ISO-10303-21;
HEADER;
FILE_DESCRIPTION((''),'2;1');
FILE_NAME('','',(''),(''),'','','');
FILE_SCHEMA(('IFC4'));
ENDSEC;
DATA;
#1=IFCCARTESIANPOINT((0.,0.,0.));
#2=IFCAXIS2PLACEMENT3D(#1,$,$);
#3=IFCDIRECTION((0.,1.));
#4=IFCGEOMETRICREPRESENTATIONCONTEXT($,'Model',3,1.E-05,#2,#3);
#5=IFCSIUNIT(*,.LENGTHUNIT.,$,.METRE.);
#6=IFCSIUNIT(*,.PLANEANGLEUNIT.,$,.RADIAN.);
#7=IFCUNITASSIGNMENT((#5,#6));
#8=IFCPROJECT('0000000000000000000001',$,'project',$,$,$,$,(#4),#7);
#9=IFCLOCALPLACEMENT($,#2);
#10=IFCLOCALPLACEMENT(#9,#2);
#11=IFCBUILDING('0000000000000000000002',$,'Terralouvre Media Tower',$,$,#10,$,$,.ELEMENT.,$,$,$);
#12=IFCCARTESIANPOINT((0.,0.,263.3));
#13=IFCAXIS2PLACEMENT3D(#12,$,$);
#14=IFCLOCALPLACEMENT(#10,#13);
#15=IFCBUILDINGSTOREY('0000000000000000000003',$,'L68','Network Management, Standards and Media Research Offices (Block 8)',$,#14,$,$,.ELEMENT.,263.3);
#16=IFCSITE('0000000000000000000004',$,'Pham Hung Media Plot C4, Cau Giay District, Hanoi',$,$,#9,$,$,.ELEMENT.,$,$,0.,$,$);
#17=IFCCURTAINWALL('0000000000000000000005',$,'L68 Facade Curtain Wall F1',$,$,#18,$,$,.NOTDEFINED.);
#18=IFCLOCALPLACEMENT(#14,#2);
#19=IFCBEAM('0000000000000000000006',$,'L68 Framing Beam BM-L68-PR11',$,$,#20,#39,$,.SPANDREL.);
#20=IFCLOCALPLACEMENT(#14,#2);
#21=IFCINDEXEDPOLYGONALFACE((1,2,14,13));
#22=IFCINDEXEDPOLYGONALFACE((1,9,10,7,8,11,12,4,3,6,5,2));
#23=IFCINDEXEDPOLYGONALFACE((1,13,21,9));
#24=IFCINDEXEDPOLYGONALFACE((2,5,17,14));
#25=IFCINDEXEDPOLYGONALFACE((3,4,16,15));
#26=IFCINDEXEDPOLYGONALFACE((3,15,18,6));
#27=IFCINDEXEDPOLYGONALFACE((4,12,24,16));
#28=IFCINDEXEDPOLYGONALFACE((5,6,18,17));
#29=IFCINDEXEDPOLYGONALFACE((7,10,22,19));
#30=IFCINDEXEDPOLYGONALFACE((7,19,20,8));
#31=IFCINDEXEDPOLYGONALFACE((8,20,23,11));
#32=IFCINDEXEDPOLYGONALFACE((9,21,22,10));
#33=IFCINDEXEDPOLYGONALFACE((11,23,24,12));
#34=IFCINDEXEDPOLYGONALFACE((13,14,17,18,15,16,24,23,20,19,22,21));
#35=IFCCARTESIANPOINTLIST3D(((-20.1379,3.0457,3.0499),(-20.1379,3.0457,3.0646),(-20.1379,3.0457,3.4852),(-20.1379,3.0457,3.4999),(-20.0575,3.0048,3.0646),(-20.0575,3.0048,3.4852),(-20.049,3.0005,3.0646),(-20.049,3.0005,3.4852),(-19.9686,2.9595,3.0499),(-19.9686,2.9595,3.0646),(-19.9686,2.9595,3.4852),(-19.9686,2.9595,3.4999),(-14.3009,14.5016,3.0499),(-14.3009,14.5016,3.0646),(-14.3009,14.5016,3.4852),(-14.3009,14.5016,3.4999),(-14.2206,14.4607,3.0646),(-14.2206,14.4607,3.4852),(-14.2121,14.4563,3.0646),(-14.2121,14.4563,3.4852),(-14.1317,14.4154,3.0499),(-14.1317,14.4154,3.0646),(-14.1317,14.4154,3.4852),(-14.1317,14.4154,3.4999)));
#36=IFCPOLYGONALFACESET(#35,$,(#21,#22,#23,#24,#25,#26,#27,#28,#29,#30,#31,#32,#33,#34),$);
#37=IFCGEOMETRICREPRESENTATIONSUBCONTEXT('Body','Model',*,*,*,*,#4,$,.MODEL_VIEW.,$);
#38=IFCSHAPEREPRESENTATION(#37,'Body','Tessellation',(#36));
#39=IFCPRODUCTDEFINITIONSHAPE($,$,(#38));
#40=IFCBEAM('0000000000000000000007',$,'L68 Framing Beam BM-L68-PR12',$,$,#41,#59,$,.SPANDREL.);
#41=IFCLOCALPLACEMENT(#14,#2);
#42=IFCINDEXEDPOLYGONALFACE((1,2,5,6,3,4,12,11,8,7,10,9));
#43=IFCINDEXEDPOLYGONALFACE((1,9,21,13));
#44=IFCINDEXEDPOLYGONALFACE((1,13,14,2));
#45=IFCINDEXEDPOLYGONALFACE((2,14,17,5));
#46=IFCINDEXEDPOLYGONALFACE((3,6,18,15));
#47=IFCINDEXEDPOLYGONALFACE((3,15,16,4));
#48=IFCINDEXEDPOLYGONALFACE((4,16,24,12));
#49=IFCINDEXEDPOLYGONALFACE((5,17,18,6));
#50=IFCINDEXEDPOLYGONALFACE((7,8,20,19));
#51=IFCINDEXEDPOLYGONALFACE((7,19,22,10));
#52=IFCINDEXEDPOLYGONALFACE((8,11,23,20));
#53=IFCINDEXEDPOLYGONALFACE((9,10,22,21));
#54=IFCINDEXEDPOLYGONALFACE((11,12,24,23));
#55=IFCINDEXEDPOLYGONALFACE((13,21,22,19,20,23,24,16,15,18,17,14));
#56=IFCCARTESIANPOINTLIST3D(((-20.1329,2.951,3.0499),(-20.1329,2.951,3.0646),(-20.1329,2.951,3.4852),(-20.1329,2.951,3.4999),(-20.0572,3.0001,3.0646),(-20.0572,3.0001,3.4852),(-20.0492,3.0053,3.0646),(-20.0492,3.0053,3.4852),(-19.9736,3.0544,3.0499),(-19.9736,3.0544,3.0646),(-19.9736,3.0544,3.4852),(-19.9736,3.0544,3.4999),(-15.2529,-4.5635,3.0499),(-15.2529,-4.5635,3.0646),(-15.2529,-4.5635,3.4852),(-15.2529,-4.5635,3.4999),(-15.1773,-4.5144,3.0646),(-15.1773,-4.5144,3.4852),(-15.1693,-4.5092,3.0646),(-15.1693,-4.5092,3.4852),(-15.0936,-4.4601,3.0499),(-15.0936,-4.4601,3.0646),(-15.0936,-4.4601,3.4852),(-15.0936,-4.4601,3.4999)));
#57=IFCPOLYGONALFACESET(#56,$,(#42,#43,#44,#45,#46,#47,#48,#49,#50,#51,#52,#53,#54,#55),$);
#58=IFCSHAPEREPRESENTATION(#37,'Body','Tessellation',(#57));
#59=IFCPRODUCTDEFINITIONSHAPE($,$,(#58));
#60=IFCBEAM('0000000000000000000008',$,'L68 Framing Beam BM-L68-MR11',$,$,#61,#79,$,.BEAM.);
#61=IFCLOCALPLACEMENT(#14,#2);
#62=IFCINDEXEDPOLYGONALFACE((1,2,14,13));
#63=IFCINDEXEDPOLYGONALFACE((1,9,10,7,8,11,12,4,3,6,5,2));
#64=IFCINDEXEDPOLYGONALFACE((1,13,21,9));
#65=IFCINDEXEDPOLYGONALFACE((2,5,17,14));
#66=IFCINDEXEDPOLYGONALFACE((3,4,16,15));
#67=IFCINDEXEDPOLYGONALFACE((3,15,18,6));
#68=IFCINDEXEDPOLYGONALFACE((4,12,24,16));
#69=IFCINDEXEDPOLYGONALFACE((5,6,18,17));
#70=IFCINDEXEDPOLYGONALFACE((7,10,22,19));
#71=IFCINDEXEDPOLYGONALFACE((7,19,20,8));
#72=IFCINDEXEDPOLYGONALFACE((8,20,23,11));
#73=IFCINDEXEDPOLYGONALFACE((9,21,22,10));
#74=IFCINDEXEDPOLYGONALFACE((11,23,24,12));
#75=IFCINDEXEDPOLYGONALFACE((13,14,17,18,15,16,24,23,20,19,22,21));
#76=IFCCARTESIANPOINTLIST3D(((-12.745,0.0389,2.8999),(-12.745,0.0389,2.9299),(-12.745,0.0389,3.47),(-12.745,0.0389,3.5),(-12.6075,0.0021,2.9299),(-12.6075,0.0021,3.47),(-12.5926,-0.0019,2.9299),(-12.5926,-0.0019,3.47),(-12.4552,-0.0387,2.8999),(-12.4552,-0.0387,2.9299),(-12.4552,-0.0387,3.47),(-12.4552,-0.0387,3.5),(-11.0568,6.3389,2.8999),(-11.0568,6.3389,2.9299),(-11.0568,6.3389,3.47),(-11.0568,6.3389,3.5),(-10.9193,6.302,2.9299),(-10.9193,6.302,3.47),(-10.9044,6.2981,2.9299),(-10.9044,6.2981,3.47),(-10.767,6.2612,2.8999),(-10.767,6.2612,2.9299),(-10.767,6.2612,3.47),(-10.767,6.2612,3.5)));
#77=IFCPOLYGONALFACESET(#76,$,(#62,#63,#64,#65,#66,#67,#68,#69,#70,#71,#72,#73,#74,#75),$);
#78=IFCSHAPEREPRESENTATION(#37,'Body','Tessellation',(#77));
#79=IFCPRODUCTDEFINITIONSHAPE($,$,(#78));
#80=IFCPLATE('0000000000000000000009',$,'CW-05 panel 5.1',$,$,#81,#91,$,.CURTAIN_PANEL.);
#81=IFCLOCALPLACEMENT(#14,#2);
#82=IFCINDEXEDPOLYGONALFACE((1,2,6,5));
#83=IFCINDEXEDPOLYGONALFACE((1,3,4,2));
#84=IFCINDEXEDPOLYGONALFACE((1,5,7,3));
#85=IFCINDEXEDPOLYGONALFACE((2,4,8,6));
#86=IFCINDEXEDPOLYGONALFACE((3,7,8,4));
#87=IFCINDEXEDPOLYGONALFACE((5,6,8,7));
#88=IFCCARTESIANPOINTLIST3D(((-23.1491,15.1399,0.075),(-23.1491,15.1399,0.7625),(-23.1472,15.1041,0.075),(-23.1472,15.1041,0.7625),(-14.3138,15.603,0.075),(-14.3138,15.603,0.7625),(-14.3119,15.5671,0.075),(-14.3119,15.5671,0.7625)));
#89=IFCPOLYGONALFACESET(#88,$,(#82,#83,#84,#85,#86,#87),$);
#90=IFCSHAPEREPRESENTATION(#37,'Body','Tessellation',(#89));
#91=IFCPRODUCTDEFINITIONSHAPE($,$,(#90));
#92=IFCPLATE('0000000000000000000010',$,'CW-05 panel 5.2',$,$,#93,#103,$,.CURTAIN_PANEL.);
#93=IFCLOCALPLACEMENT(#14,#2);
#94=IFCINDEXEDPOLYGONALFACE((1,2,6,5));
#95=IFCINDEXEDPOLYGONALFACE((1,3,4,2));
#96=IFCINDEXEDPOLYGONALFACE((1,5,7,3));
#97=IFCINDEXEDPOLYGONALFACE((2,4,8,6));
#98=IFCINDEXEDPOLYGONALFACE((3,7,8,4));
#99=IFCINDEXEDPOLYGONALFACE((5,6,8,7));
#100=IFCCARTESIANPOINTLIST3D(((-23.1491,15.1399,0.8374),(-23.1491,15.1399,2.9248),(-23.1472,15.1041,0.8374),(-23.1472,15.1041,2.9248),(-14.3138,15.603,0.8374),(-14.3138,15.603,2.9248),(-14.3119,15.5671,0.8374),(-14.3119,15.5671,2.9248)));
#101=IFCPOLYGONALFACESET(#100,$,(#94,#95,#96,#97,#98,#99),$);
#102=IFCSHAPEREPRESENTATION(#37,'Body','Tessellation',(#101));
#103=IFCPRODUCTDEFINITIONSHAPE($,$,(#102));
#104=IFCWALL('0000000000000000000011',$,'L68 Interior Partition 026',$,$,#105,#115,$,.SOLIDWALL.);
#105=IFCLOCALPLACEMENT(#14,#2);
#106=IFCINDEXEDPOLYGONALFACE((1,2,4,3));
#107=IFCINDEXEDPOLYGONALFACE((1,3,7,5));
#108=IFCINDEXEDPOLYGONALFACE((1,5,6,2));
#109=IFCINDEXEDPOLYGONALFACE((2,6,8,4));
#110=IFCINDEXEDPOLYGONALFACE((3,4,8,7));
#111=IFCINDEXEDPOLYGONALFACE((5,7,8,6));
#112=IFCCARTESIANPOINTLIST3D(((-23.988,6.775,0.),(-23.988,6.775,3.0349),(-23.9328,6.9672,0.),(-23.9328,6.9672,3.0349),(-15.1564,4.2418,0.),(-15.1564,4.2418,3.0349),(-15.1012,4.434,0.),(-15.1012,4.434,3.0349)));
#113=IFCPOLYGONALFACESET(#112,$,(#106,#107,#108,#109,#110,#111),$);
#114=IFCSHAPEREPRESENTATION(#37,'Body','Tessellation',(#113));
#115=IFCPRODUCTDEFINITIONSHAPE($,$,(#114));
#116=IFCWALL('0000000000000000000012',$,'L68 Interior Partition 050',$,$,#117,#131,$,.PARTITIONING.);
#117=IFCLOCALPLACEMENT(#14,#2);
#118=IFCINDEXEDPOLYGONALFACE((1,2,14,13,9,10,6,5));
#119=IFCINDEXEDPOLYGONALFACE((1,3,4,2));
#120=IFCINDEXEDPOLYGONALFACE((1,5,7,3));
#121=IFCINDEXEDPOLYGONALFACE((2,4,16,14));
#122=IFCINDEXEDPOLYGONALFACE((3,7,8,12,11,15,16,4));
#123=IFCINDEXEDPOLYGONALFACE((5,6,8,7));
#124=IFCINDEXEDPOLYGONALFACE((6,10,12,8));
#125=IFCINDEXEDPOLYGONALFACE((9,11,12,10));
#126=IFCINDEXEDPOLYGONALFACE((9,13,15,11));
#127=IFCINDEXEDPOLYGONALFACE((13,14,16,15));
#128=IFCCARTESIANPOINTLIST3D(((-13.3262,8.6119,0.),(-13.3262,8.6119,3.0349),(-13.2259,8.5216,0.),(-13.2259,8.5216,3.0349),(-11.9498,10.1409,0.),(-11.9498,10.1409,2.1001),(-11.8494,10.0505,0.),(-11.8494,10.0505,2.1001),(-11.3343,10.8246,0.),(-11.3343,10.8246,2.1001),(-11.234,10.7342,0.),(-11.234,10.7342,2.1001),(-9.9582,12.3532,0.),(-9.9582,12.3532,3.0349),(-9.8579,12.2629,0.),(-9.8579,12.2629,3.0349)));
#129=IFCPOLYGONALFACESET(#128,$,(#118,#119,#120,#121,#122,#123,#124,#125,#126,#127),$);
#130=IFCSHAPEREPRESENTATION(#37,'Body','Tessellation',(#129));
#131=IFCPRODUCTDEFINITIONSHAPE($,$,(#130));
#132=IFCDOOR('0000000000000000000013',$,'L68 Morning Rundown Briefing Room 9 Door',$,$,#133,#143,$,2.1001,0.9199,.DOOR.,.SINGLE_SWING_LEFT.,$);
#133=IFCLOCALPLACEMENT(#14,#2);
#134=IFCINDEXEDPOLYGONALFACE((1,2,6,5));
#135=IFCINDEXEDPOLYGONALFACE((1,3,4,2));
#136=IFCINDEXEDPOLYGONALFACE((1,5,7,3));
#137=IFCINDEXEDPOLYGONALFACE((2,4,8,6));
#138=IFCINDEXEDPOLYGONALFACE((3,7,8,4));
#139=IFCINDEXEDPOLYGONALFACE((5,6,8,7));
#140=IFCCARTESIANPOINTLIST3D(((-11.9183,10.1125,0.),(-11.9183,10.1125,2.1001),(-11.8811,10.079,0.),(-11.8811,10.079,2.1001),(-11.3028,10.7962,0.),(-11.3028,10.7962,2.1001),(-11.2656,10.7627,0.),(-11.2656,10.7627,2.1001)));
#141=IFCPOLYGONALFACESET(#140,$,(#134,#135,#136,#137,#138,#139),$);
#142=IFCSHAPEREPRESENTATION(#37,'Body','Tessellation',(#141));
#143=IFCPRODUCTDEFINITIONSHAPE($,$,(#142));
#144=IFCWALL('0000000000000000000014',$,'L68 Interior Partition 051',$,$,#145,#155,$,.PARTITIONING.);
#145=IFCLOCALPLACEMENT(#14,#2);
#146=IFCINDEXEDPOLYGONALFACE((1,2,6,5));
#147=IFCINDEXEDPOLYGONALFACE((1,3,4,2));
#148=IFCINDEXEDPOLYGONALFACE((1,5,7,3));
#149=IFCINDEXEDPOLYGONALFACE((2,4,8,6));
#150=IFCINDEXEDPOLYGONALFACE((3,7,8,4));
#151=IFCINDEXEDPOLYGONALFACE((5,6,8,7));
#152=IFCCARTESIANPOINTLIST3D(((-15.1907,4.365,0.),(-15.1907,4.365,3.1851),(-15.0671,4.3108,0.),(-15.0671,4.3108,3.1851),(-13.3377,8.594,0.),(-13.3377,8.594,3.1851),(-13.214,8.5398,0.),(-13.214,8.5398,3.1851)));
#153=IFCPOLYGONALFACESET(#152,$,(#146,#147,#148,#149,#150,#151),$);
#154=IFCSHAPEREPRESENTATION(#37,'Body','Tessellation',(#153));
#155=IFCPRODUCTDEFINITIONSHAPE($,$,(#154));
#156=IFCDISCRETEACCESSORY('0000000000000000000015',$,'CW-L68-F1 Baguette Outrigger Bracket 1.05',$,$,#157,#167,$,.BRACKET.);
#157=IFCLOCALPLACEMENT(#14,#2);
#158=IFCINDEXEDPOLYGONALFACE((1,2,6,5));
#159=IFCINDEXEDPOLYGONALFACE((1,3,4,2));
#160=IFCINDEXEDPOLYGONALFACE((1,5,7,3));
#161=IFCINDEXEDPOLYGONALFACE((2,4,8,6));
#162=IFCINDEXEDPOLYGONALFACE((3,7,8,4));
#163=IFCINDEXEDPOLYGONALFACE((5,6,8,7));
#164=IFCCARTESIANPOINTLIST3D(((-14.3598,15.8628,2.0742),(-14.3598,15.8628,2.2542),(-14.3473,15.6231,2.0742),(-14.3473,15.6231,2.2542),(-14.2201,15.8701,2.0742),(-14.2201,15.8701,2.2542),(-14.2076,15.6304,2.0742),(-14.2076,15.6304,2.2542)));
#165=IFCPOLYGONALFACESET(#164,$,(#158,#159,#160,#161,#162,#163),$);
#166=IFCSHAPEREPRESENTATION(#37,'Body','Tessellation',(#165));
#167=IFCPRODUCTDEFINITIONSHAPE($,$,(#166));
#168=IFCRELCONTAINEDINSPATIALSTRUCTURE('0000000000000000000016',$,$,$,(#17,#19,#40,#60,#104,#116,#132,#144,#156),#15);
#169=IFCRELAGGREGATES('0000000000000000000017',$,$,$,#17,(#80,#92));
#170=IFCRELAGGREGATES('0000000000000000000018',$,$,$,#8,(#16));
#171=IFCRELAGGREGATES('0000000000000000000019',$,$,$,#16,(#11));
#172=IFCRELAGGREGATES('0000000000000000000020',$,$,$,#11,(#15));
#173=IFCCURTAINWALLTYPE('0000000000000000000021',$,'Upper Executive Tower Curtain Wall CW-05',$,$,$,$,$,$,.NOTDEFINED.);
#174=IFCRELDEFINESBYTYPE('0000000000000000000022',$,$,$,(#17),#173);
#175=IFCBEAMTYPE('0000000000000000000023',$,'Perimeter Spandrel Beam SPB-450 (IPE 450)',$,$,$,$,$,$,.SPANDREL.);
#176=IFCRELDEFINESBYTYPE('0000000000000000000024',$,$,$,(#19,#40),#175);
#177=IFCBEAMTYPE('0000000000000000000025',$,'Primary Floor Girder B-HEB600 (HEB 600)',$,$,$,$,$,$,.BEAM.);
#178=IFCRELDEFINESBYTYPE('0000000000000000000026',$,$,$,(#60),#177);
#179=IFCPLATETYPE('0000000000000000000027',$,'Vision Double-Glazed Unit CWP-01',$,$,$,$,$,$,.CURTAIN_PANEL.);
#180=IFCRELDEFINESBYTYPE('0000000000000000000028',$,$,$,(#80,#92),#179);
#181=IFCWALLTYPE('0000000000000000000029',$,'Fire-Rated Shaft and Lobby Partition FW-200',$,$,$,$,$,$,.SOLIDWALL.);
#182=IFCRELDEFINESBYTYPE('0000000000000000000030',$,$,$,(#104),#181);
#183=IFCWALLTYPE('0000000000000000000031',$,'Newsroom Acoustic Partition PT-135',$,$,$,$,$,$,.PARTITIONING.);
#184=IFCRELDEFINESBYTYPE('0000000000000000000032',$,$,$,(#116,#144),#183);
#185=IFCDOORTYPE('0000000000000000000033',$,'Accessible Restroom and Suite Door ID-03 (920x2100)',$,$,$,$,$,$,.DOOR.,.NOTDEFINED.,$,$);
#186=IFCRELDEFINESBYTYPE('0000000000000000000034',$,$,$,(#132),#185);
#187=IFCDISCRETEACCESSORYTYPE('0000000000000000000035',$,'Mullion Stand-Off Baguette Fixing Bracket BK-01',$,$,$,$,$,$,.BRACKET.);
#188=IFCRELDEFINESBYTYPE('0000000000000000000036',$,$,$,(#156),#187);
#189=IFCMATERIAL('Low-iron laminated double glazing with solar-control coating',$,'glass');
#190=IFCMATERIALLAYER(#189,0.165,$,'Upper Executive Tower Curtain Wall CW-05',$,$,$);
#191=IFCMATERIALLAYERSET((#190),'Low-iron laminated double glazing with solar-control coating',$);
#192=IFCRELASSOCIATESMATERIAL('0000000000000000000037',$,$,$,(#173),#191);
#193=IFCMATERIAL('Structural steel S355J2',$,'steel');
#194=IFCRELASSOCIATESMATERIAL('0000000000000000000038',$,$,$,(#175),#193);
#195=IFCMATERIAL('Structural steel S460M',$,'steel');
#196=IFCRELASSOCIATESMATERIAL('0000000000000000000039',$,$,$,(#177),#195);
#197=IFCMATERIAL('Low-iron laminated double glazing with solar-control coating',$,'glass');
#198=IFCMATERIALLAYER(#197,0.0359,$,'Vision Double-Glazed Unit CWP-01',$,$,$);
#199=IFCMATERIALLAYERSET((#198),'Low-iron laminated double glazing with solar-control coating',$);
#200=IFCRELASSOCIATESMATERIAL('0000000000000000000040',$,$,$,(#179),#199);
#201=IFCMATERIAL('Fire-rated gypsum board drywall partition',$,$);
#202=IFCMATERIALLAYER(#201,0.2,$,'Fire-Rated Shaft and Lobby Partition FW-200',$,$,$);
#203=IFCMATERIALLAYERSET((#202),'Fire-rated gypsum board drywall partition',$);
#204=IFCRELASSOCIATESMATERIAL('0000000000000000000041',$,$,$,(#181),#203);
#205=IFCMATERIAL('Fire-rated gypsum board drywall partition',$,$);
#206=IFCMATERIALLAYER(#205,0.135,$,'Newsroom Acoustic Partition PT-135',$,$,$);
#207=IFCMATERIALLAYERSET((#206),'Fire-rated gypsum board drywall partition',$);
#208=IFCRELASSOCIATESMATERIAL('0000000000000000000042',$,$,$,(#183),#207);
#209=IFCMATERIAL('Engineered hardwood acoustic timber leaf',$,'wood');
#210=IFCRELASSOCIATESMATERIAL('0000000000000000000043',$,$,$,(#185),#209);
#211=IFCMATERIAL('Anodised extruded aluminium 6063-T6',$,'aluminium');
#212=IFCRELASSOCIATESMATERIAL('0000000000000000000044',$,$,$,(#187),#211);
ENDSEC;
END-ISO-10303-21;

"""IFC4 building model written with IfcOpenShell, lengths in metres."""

from ifc_helpers import new_model, si_unit, direction, frame, frame_2d, origin, origin_2d, place, context, subcontext, project, spatial, rectangle, i_section, extrude, material, layer, layer_set, material_profile, profile_set, type_object, element, fill, aggregate, save


model = new_model("IFC4")

# Units and contexts
model_context = context("Model", 3, precision=1e-05, world=origin(), true_north=direction((0.0, 1.0)))
body_context = subcontext(model_context, "Body", "Model", "MODEL_VIEW")
ifc_project = project(units=[si_unit("LENGTHUNIT", "METRE"), si_unit("PLANEANGLEUNIT", "RADIAN")], contexts=[model_context])

# Site, building, storey
site_placement = place(None, origin())
site = spatial("IfcSite", under=ifc_project, at=site_placement, Name="Pham Hung Media Plot C4, Cau Giay District, Hanoi", CompositionType="ELEMENT", RefElevation=0.0)
building_placement = place(site_placement, origin())
building = spatial("IfcBuilding", under=site, at=building_placement, Name="Terralouvre Media Tower", CompositionType="ELEMENT")
storey_placement = place(building_placement, frame((0.0, 0.0, 263.3)))
storey = spatial("IfcBuildingStorey", under=building, at=storey_placement, Name="L68", Description="Network Management, Standards and Media Research Offices (Block 8)", CompositionType="ELEMENT", Elevation=263.3)

# Curtain wall
ifc_material_1 = material(Name="Low-iron laminated double glazing with solar-control coating", Category="glass")
ifc_layer_1 = layer(ifc_material_1, 0.165, Name="Upper Executive Tower Curtain Wall CW-05")
ifc_layer_set_1 = layer_set([ifc_layer_1], Name="Low-iron laminated double glazing with solar-control coating")
curtain_wall_type = type_object("IfcCurtainWallType", Name="Upper Executive Tower Curtain Wall CW-05", PredefinedType="NOTDEFINED", material=ifc_layer_set_1)
curtain_wall_1_placement = place(storey_placement, origin())
curtain_wall_1 = element("IfcCurtainWall", 1, at=curtain_wall_1_placement, inside=storey, type_object=curtain_wall_type, Name="L68 Facade Curtain Wall F1", PredefinedType="NOTDEFINED")

# Beams
ifc_material_2 = material(Name="Structural steel S355J2", Category="steel")
ifc_material_profile_1 = material_profile(ifc_material_2, i_section(OverallWidth=0.1899, OverallDepth=0.45, WebThickness=0.0095, FlangeThickness=0.0146, at=origin_2d()), Name="IPE 450")
ifc_profile_set_1 = profile_set([ifc_material_profile_1], Name="Structural steel S355J2")
beam_type_1 = type_object("IfcBeamType", Name="Perimeter Spandrel Beam SPB-450 (IPE 450)", PredefinedType="SPANDREL", material=ifc_profile_set_1)
beam_1_placement = place(storey_placement, frame((-14.2163, 14.4585, 3.2749), z_axis=(-0.453984, -0.89101, 0.0), x_axis=(0.89101, -0.453984, 0.0)))
element("IfcBeam", 2, at=beam_1_placement, inside=storey, type_object=beam_type_1, Name="L68 Framing Beam BM-L68-PR11", PredefinedType="SPANDREL", context=body_context, shape_type="SweptSolid", body=[
    extrude(i_section(OverallWidth=0.1899, OverallDepth=0.45, WebThickness=0.0095, FlangeThickness=0.0146, at=origin_2d()), origin(), (0.0, 0.0, 1.0), 12.8572),
])
beam_2_placement = place(storey_placement, frame((-20.0532, 3.0027, 3.2749), z_axis=(0.544637, -0.838672, 0.0), x_axis=(0.838672, 0.544637, 0.0)))
element("IfcBeam", 3, at=beam_2_placement, inside=storey, type_object=beam_type_1, Name="L68 Framing Beam BM-L68-PR12", PredefinedType="SPANDREL", context=body_context, shape_type="SweptSolid", body=[
    extrude(i_section(OverallWidth=0.1899, OverallDepth=0.45, WebThickness=0.0095, FlangeThickness=0.0146, at=origin_2d()), origin(), (0.0, 0.0, 1.0), 8.96),
])
ifc_material_3 = material(Name="Structural steel S460M", Category="steel")
ifc_material_profile_2 = material_profile(ifc_material_3, i_section(OverallWidth=0.3, OverallDepth=0.6001, WebThickness=0.0154, FlangeThickness=0.03, at=origin_2d()), Name="HEB 600")
ifc_profile_set_2 = profile_set([ifc_material_profile_2], Name="Structural steel S460M")
beam_type_2 = type_object("IfcBeamType", Name="Primary Floor Girder B-HEB600 (HEB 600)", PredefinedType="BEAM", material=ifc_profile_set_2)
beam_3_placement = place(storey_placement, frame((-10.9119, 6.3, 3.2), z_axis=(-0.258839, -0.96592, 0.0), x_axis=(0.96592, -0.258839, 0.0)))
element("IfcBeam", 4, at=beam_3_placement, inside=storey, type_object=beam_type_2, Name="L68 Framing Beam BM-L68-MR11", PredefinedType="BEAM", context=body_context, shape_type="SweptSolid", body=[
    extrude(i_section(OverallWidth=0.3, OverallDepth=0.6001, WebThickness=0.0154, FlangeThickness=0.03, at=origin_2d()), origin(), (0.0, 0.0, 1.0), 6.5222),
])

# Plates
ifc_material_4 = material(Name="Low-iron laminated double glazing with solar-control coating", Category="glass")
ifc_layer_2 = layer(ifc_material_4, 0.0359, Name="Vision Double-Glazed Unit CWP-01")
ifc_layer_set_2 = layer_set([ifc_layer_2], Name="Low-iron laminated double glazing with solar-control coating")
plate_type = type_object("IfcPlateType", Name="Vision Double-Glazed Unit CWP-01", PredefinedType="CURTAIN_PANEL", material=ifc_layer_set_2)
plate_1_placement = place(storey_placement, frame((-18.7305, 15.3535, 0.075), z_axis=(0.0, 0.0, 1.0), x_axis=(-0.99863, -0.052336, 0.0)))
plate_1 = element("IfcPlate", 5, at=plate_1_placement, type_object=plate_type, Name="CW-05 panel 5.1", PredefinedType="CURTAIN_PANEL", context=body_context, shape_type="SweptSolid", body=[
    extrude(rectangle(XDim=8.8474, YDim=0.0359, at=origin_2d()), origin(), (0.0, 0.0, 1.0), 0.6875),
])
plate_2_placement = place(storey_placement, frame((-18.7305, 15.3535, 0.8374), z_axis=(0.0, 0.0, 1.0), x_axis=(-0.99863, -0.052336, 0.0)))
plate_2 = element("IfcPlate", 6, at=plate_2_placement, type_object=plate_type, Name="CW-05 panel 5.2", PredefinedType="CURTAIN_PANEL", context=body_context, shape_type="SweptSolid", body=[
    extrude(rectangle(XDim=8.8474, YDim=0.0359, at=origin_2d()), origin(), (0.0, 0.0, 1.0), 2.0874),
])
aggregate(curtain_wall_1, [plate_1, plate_2])

# Wall
ifc_material_5 = material(Name="Fire-rated gypsum board drywall partition")
ifc_layer_3 = layer(ifc_material_5, 0.2, Name="Fire-Rated Shaft and Lobby Partition FW-200")
ifc_layer_set_3 = layer_set([ifc_layer_3], Name="Fire-rated gypsum board drywall partition")
wall_type_1 = type_object("IfcWallType", Name="Fire-Rated Shaft and Lobby Partition FW-200", PredefinedType="SOLIDWALL", material=ifc_layer_set_3)
wall_1_placement = place(storey_placement, frame((-15.1289, 4.3379, 0.0), z_axis=(0.0, 0.0, 1.0), x_axis=(-0.961239, 0.275718, 0.0)))
element("IfcWall", 7, at=wall_1_placement, inside=storey, type_object=wall_type_1, Name="L68 Interior Partition 026", PredefinedType="SOLIDWALL", context=body_context, shape_type="SweptSolid", body=[
    extrude(rectangle(XDim=9.1877, YDim=0.2, at=frame_2d((4.5938, 0.0))), origin(), (0.0, 0.0, 1.0), 3.0349),
])

# Wall, opening, door
ifc_material_6 = material(Name="Fire-rated gypsum board drywall partition")
ifc_layer_4 = layer(ifc_material_6, 0.135, Name="Newsroom Acoustic Partition PT-135")
ifc_layer_set_4 = layer_set([ifc_layer_4], Name="Fire-rated gypsum board drywall partition")
wall_type_2 = type_object("IfcWallType", Name="Newsroom Acoustic Partition PT-135", PredefinedType="PARTITIONING", material=ifc_layer_set_4)
wall_2_placement = place(storey_placement, frame((-9.908, 12.3081, 0.0), z_axis=(0.0, 0.0, 1.0), x_axis=(-0.669056, -0.743212, 0.0)))
wall_2 = element("IfcWall", 8, at=wall_2_placement, inside=storey, type_object=wall_type_2, Name="L68 Interior Partition 050", PredefinedType="PARTITIONING", context=body_context, shape_type="SweptSolid", body=[
    extrude(rectangle(XDim=5.0339, YDim=0.135, at=frame_2d((2.5171, 0.0))), origin(), (0.0, 0.0, 1.0), 3.0349),
])
opening_placement = place(wall_2_placement, frame((2.0569, 0.0, 0.0)))
opening = element("IfcOpeningElement", 9, at=opening_placement, cuts=wall_2, PredefinedType="OPENING", context=body_context, shape_type="SweptSolid", body=[
    extrude(rectangle(XDim=0.9199, YDim=2.1001, at=frame_2d((0.46, 1.05))), frame((0.0, 0.0774, 0.0), z_axis=(0.0, -1.0, 0.0), x_axis=(1.0, 0.0, 0.0)), (0.0, 0.0, 1.0), 0.155),
])
ifc_material_7 = material(Name="Engineered hardwood acoustic timber leaf", Category="wood")
door_type = type_object("IfcDoorType", Name="Accessible Restroom and Suite Door ID-03 (920x2100)", OperationType="NOTDEFINED", PredefinedType="DOOR", material=ifc_material_7)
door_placement = place(opening_placement, origin())
door = element("IfcDoor", 10, at=door_placement, inside=storey, type_object=door_type, Name="L68 Morning Rundown Briefing Room 9 Door", OperationType="SINGLE_SWING_LEFT", OverallHeight=2.1001, OverallWidth=0.9199, PredefinedType="DOOR", context=body_context, shape_type="SweptSolid", body=[
    extrude(rectangle(XDim=0.9199, YDim=2.1001, at=frame_2d((0.46, 1.05))), frame((0.0, 0.0249, 0.0), z_axis=(0.0, -1.0, 0.0), x_axis=(1.0, 0.0, 0.0)), (0.0, 0.0, 1.0), 0.05),
])
fill(opening, door)

# Wall
wall_3_placement = place(storey_placement, frame((-13.2759, 8.5669, 0.0), z_axis=(0.0, 0.0, 1.0), x_axis=(-0.401335, -0.915931, 0.0)))
element("IfcWall", 11, at=wall_3_placement, inside=storey, type_object=wall_type_2, Name="L68 Interior Partition 051", PredefinedType="PARTITIONING", context=body_context, shape_type="SweptSolid", body=[
    extrude(rectangle(XDim=4.6172, YDim=0.135, at=frame_2d((2.3086, 0.0))), origin(), (0.0, 0.0, 1.0), 3.1851),
])

# Discrete accessory
ifc_material_8 = material(Name="Anodised extruded aluminium 6063-T6", Category="aluminium")
discrete_accessory_type = type_object("IfcDiscreteAccessoryType", Name="Mullion Stand-Off Baguette Fixing Bracket BK-01", PredefinedType="BRACKET", material=ifc_material_8)
discrete_accessory_placement = place(storey_placement, frame((-14.2837, 15.7466, 2.0742), z_axis=(0.0, 0.0, 1.0), x_axis=(-0.99863, -0.052336, 0.0)))
element("IfcDiscreteAccessory", 12, at=discrete_accessory_placement, inside=storey, type_object=discrete_accessory_type, Name="CW-L68-F1 Baguette Outrigger Bracket 1.05", PredefinedType="BRACKET", context=body_context, shape_type="SweptSolid", body=[
    extrude(rectangle(XDim=0.1399, YDim=0.24, at=origin_2d()), origin(), (0.0, 0.0, 1.0), 0.1799),
])

save(model, "model.ifc")
